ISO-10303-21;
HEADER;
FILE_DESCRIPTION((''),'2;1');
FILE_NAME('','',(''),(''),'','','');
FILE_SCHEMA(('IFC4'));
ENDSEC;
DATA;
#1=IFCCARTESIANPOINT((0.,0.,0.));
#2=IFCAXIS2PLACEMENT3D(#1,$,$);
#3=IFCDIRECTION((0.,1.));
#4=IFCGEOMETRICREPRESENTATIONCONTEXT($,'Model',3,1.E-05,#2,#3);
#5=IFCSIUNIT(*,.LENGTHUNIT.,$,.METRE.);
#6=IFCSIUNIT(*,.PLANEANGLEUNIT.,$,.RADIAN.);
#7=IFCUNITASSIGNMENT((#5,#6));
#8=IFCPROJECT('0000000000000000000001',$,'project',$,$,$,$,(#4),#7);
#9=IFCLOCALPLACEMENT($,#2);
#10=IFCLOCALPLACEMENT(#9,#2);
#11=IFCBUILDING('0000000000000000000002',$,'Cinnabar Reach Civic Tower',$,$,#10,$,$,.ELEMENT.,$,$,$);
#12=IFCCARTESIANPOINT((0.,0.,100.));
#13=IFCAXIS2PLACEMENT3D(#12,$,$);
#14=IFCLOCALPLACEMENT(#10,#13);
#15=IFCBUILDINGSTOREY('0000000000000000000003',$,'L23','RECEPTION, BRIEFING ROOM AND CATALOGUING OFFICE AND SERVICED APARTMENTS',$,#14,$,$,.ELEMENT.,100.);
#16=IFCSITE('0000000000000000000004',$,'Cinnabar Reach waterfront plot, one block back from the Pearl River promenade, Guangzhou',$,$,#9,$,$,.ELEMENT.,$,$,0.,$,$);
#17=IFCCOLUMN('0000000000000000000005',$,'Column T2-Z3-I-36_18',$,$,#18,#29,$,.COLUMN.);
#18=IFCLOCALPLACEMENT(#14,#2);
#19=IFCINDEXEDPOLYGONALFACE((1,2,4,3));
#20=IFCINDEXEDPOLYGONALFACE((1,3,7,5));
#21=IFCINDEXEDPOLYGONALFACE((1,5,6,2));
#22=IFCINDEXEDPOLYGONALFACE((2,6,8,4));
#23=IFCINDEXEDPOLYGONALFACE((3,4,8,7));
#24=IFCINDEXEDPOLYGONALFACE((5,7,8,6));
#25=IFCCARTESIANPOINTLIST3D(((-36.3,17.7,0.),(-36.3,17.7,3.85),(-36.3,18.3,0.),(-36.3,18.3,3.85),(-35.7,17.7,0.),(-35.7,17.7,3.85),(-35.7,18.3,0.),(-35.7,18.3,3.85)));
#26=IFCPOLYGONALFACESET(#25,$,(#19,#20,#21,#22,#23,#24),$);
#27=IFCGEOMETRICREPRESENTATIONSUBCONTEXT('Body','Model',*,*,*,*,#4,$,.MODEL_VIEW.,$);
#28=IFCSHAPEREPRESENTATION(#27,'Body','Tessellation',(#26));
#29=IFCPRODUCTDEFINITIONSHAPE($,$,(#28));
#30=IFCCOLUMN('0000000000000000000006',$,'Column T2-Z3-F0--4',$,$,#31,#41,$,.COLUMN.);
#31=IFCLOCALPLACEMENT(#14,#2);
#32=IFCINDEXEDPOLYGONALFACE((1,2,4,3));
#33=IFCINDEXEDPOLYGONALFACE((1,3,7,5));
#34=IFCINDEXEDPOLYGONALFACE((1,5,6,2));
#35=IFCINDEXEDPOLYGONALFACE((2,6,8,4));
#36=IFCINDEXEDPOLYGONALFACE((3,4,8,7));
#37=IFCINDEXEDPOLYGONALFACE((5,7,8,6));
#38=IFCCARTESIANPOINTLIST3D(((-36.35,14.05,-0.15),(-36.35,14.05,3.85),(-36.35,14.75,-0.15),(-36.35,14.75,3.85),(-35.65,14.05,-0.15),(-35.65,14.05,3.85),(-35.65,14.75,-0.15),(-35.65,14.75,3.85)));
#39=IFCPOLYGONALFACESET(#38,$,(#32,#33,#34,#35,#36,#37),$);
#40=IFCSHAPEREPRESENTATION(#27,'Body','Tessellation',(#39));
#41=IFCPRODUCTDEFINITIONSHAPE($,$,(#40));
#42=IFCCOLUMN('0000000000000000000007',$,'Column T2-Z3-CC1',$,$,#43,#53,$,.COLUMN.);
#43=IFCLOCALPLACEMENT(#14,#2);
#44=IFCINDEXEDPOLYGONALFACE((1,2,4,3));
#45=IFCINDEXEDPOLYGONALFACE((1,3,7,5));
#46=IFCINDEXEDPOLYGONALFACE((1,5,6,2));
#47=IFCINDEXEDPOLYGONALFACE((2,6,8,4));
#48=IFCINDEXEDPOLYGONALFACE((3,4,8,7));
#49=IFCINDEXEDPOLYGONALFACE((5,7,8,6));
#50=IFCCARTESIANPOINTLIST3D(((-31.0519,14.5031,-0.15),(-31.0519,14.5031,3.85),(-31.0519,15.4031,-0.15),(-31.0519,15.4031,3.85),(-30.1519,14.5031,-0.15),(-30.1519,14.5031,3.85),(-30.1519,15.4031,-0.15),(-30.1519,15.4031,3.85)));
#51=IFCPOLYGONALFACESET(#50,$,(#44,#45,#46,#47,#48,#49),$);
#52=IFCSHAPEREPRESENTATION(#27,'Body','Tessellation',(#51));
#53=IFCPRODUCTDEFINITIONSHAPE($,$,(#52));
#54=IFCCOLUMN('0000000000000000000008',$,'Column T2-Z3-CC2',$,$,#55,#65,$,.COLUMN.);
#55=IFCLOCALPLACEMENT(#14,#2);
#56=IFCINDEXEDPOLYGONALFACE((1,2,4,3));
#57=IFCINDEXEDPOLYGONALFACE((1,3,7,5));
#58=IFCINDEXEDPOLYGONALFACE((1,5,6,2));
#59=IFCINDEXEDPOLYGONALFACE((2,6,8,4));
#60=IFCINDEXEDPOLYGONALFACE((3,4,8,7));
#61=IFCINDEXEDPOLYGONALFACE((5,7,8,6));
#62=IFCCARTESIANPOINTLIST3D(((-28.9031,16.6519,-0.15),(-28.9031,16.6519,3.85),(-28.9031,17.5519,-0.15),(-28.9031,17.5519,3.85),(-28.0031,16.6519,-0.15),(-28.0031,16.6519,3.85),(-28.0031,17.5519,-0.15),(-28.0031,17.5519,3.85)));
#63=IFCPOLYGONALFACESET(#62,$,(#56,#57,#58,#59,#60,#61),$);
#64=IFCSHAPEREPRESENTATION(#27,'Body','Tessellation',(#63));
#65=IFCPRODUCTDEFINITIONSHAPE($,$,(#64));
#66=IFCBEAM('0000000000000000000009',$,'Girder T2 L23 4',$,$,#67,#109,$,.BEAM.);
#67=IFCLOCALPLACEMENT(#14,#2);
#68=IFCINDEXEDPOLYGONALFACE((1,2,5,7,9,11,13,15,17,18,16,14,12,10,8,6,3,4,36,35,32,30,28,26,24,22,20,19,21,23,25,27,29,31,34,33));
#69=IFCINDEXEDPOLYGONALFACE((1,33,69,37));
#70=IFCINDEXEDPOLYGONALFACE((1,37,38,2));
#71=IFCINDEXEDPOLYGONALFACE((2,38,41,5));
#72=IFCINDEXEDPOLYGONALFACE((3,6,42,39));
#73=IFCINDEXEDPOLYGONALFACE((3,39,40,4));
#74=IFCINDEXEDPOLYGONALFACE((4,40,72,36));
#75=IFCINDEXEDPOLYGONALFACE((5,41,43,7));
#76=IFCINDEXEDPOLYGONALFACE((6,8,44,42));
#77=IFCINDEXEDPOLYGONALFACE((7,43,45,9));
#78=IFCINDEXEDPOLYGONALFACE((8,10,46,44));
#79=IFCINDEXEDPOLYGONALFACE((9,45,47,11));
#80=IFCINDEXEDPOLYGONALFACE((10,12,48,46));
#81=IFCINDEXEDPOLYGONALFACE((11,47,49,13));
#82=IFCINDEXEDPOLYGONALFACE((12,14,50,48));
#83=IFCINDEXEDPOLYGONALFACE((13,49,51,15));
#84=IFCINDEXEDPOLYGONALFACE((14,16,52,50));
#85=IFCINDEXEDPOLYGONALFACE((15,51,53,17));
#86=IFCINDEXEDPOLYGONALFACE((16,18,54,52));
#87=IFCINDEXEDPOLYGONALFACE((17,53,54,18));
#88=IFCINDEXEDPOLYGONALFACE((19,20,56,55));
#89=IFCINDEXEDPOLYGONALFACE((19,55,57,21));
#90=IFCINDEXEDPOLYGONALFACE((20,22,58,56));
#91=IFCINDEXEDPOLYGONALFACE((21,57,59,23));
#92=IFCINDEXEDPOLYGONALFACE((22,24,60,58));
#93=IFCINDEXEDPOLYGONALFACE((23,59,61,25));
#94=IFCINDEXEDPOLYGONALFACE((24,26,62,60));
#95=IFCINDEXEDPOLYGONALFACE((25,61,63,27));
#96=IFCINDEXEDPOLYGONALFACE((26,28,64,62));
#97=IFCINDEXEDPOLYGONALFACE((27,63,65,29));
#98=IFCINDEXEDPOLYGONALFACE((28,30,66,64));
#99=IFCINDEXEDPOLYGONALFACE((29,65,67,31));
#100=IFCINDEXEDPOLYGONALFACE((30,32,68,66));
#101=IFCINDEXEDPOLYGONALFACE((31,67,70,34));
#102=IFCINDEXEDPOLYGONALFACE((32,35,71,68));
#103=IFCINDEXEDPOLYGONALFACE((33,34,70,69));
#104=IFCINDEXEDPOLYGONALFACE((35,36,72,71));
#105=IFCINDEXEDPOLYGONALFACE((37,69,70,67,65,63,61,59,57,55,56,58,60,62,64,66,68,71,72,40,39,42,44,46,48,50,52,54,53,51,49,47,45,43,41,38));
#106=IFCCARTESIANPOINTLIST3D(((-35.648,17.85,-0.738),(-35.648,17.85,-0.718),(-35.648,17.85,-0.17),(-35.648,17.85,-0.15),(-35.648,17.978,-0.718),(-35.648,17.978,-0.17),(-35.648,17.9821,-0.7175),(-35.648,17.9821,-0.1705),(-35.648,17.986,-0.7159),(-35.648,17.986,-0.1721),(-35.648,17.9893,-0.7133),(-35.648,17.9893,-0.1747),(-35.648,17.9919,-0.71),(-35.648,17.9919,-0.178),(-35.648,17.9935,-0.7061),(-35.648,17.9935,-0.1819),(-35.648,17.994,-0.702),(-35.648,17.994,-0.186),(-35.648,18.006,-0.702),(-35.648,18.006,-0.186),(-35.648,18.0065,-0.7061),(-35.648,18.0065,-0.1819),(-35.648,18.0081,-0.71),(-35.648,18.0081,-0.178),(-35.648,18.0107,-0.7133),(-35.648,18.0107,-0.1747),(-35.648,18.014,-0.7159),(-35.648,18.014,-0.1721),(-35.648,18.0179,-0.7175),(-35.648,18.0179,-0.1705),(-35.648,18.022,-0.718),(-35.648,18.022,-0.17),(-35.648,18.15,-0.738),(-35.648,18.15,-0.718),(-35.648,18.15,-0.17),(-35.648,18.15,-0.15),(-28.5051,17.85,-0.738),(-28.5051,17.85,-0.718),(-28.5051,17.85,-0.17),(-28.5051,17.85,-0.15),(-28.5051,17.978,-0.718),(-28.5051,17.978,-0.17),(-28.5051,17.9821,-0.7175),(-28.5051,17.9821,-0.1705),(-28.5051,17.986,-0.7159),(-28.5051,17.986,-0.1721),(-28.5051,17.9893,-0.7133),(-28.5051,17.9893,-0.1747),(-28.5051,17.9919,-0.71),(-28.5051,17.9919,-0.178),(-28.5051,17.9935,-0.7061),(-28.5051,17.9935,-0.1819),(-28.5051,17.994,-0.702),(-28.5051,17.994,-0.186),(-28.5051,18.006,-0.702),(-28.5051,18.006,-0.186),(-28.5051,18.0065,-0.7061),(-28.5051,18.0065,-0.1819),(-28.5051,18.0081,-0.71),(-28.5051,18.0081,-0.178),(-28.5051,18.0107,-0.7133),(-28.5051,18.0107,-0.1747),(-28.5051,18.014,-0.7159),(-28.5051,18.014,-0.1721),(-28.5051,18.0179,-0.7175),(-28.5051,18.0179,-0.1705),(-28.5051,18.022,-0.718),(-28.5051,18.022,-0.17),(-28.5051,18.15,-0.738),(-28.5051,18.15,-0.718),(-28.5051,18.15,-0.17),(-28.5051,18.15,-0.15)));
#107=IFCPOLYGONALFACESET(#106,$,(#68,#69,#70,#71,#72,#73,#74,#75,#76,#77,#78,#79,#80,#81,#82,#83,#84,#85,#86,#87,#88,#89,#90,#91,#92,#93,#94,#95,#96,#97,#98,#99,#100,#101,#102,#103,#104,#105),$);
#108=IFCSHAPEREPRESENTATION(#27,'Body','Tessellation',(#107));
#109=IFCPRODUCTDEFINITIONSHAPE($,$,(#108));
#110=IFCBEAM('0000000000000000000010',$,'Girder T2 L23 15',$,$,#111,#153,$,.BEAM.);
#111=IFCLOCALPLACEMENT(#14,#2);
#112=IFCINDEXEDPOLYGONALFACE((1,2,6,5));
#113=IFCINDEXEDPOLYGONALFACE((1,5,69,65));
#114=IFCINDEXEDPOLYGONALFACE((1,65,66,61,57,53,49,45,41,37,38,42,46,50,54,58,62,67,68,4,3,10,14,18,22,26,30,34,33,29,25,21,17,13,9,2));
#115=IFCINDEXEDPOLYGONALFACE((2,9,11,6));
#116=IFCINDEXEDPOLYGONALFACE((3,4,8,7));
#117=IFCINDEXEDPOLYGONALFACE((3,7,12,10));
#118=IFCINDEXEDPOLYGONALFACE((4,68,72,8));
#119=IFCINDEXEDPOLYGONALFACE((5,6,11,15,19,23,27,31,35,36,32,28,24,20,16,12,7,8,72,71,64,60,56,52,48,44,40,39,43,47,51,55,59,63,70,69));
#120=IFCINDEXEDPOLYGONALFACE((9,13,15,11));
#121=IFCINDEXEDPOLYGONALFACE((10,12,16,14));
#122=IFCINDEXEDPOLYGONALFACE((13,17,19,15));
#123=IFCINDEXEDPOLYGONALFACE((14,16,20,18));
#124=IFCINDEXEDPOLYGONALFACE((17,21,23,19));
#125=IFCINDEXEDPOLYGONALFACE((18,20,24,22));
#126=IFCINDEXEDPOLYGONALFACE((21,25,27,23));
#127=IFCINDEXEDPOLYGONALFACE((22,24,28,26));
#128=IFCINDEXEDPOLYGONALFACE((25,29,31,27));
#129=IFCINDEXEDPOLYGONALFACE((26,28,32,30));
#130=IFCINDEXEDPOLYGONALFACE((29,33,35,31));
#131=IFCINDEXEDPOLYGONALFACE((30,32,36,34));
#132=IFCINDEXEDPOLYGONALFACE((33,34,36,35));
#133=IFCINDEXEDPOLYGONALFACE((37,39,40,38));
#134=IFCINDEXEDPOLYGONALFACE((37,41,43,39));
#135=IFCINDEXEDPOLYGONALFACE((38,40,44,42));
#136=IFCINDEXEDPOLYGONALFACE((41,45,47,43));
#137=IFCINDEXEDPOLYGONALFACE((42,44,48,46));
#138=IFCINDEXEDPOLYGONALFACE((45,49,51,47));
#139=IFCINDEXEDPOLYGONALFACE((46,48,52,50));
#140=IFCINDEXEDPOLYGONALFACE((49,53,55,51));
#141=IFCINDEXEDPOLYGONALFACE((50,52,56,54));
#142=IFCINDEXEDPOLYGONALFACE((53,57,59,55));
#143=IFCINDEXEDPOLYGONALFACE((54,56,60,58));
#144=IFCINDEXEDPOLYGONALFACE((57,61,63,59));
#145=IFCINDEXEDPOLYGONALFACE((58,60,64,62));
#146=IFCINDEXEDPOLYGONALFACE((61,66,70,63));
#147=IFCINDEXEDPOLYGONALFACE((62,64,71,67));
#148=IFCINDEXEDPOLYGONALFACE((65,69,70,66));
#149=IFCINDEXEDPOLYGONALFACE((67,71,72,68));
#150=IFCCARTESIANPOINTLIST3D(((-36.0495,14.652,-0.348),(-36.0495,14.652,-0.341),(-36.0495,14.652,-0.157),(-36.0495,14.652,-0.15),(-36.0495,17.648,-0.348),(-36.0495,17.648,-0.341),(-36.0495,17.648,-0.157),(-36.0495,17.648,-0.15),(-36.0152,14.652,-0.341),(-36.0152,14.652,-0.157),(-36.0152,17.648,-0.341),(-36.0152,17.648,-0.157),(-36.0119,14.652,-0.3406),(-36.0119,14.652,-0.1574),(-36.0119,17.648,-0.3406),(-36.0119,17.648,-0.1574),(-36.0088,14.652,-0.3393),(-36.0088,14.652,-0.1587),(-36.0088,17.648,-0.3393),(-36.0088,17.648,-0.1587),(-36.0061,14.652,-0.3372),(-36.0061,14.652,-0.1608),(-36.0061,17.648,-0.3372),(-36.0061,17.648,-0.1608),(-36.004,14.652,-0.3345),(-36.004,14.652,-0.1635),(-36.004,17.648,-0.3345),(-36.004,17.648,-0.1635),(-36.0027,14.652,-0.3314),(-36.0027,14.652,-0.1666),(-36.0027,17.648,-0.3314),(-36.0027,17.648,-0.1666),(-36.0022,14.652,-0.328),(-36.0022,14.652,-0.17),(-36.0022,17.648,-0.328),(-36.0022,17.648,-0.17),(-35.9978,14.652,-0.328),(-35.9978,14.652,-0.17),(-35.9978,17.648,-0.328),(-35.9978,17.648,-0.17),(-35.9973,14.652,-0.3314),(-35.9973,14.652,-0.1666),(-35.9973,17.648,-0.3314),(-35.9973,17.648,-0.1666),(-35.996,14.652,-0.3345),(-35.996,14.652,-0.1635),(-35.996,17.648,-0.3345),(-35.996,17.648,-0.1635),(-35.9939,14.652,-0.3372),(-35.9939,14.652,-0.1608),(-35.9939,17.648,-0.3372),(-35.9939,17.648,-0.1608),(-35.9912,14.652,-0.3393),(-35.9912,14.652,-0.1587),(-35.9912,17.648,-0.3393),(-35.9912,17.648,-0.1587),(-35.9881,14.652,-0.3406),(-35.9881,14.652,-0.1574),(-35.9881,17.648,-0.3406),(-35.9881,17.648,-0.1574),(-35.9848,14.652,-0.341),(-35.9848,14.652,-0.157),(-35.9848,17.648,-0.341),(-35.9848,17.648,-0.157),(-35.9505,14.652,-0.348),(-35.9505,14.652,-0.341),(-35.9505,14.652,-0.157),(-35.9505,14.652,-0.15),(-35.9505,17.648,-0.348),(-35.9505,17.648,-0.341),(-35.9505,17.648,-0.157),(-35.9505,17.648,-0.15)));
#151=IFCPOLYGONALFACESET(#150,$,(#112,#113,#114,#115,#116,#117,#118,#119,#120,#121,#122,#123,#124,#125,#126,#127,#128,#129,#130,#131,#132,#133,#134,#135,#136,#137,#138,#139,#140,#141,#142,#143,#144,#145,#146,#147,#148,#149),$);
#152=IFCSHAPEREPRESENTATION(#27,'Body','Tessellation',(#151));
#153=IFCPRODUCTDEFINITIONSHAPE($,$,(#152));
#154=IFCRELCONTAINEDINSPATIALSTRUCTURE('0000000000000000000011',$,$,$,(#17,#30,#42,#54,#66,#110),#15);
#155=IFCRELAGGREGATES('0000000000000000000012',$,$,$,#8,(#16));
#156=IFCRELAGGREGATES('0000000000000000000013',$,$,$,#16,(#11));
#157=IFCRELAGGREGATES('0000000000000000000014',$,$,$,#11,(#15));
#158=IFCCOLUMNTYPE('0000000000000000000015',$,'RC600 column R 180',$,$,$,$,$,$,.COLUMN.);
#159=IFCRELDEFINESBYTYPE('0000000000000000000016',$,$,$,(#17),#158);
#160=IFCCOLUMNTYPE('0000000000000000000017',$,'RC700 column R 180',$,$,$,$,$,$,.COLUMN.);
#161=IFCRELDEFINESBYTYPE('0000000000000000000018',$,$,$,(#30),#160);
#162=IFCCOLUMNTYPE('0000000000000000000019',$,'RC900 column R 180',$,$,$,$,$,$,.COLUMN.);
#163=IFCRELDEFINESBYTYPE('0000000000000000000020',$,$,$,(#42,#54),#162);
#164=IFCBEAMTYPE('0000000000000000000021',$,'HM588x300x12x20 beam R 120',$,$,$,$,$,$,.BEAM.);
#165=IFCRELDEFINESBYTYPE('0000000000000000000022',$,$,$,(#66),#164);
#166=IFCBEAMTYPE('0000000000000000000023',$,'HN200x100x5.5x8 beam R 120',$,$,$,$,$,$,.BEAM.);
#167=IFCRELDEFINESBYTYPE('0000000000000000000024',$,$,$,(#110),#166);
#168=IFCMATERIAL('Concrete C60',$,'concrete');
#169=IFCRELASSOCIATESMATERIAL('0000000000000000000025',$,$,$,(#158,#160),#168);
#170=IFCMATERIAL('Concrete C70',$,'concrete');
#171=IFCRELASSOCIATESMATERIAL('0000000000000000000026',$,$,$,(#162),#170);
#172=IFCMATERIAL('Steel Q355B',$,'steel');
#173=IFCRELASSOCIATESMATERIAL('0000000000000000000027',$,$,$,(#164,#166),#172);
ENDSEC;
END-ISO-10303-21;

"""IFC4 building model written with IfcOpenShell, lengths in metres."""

from ifc_helpers import new_model, si_unit, direction, frame, origin, origin_2d, place, context, subcontext, project, spatial, rectangle, i_section, extrude, material, material_profile, profile_set, type_object, element, save


model = new_model("IFC4")

# Units and contexts
model_context = context("Model", 3, precision=1e-05, world=origin(), true_north=direction((0.0, 1.0)))
body_context = subcontext(model_context, "Body", "Model", "MODEL_VIEW")
ifc_project = project(units=[si_unit("LENGTHUNIT", "METRE"), si_unit("PLANEANGLEUNIT", "RADIAN")], contexts=[model_context])

# Site, building, storey
site_placement = place(None, origin())
site = spatial("IfcSite", under=ifc_project, at=site_placement, Name="Cinnabar Reach waterfront plot, one block back from the Pearl River promenade, Guangzhou", CompositionType="ELEMENT", RefElevation=0.0)
building_placement = place(site_placement, origin())
building = spatial("IfcBuilding", under=site, at=building_placement, Name="Cinnabar Reach Civic Tower", CompositionType="ELEMENT")
storey_placement = place(building_placement, frame((0.0, 0.0, 100.0)))
storey = spatial("IfcBuildingStorey", under=building, at=storey_placement, Name="L23", Description="RECEPTION, BRIEFING ROOM AND CATALOGUING OFFICE AND SERVICED APARTMENTS", CompositionType="ELEMENT", Elevation=100.0)

# Columns
ifc_material_1 = material(Name="Concrete C60", Category="concrete")
ifc_material_profile_1 = material_profile(ifc_material_1, rectangle(XDim=0.6, YDim=0.6, at=origin_2d()), Name="RC600")
ifc_profile_set_1 = profile_set([ifc_material_profile_1], Name="Concrete C60")
column_type_1 = type_object("IfcColumnType", Name="RC600 column R 180", PredefinedType="COLUMN", material=ifc_profile_set_1)
column_1_placement = place(storey_placement, frame((-36.0, 18.0, 0.0), z_axis=(0.0, 0.0, 1.0), x_axis=(1.0, 0.0, 0.0)))
element("IfcColumn", 1, at=column_1_placement, inside=storey, type_object=column_type_1, Name="Column T2-Z3-I-36_18", PredefinedType="COLUMN", context=body_context, shape_type="SweptSolid", body=[
    extrude(rectangle(XDim=0.6, YDim=0.6, at=origin_2d()), origin(), (0.0, 0.0, 1.0), 3.85),
])
ifc_material_profile_2 = material_profile(ifc_material_1, rectangle(XDim=0.7, YDim=0.7, at=origin_2d()), Name="RC700")
ifc_profile_set_2 = profile_set([ifc_material_profile_2], Name="Concrete C60")
column_type_2 = type_object("IfcColumnType", Name="RC700 column R 180", PredefinedType="COLUMN", material=ifc_profile_set_2)
column_2_placement = place(storey_placement, frame((-36.0, 14.4, -0.15), z_axis=(0.0, 0.0, 1.0), x_axis=(1.0, 0.0, 0.0)))
element("IfcColumn", 2, at=column_2_placement, inside=storey, type_object=column_type_2, Name="Column T2-Z3-F0--4", PredefinedType="COLUMN", context=body_context, shape_type="SweptSolid", body=[
    extrude(rectangle(XDim=0.7, YDim=0.7, at=origin_2d()), origin(), (0.0, 0.0, 1.0), 4.0),
])
ifc_material_2 = material(Name="Concrete C70", Category="concrete")
ifc_material_profile_3 = material_profile(ifc_material_2, rectangle(XDim=0.9, YDim=0.9, at=origin_2d()), Name="RC900")
ifc_profile_set_3 = profile_set([ifc_material_profile_3], Name="Concrete C70")
column_type_3 = type_object("IfcColumnType", Name="RC900 column R 180", PredefinedType="COLUMN", material=ifc_profile_set_3)
for number, where, z_axis, x_axis, name in (
    (3, (-30.6019, 14.9531, -0.15), (0.0, 0.0, 1.0), (1.0, 0.0, 0.0), "Column T2-Z3-CC1"),
    (4, (-28.4531, 17.1019, -0.15), (0.0, 0.0, 1.0), (1.0, 0.0, 0.0), "Column T2-Z3-CC2"),
):
    element("IfcColumn", number, at=place(storey_placement, frame(where, z_axis=z_axis, x_axis=x_axis)), inside=storey, type_object=column_type_3, Name=name, PredefinedType="COLUMN", context=body_context, shape_type="SweptSolid", body=[
        extrude(rectangle(XDim=0.9, YDim=0.9, at=origin_2d()), origin(), (0.0, 0.0, 1.0), 4.0),
    ])

# Beams
ifc_material_3 = material(Name="Steel Q355B", Category="steel")
ifc_material_profile_4 = material_profile(ifc_material_3, i_section(OverallWidth=0.3, OverallDepth=0.588, WebThickness=0.012, FlangeThickness=0.02, FilletRadius=0.016, at=origin_2d()), Name="HM588x300x12x20")
ifc_profile_set_4 = profile_set([ifc_material_profile_4], Name="Steel Q355B")
beam_type_1 = type_object("IfcBeamType", Name="HM588x300x12x20 beam R 120", PredefinedType="BEAM", material=ifc_profile_set_4)
beam_1_placement = place(storey_placement, frame((-35.648, 18.0, -0.444), z_axis=(1.0, 0.0, 0.0), x_axis=(0.0, 1.0, 0.0)))
element("IfcBeam", 5, at=beam_1_placement, inside=storey, type_object=beam_type_1, Name="Girder T2 L23 4", PredefinedType="BEAM", context=body_context, shape_type="SweptSolid", body=[
    extrude(i_section(OverallWidth=0.3, OverallDepth=0.588, WebThickness=0.012, FlangeThickness=0.02, FilletRadius=0.016, at=origin_2d()), origin(), (0.0, 0.0, 1.0), 7.1429),
])
ifc_material_profile_5 = material_profile(ifc_material_3, i_section(OverallWidth=0.099, OverallDepth=0.198, WebThickness=0.0045, FlangeThickness=0.007, FilletRadius=0.013, at=origin_2d()), Name="HN200x100x5.5x8")
ifc_profile_set_5 = profile_set([ifc_material_profile_5], Name="Steel Q355B")
beam_type_2 = type_object("IfcBeamType", Name="HN200x100x5.5x8 beam R 120", PredefinedType="BEAM", material=ifc_profile_set_5)
beam_2_placement = place(storey_placement, frame((-36.0, 14.652, -0.249), z_axis=(0.0, 1.0, 0.0), x_axis=(-1.0, 0.0, 0.0)))
element("IfcBeam", 6, at=beam_2_placement, inside=storey, type_object=beam_type_2, Name="Girder T2 L23 15", PredefinedType="BEAM", context=body_context, shape_type="SweptSolid", body=[
    extrude(i_section(OverallWidth=0.099, OverallDepth=0.198, WebThickness=0.0045, FlangeThickness=0.007, FilletRadius=0.013, at=origin_2d()), origin(), (0.0, 0.0, 1.0), 2.996),
])

save(model, "model.ifc")
